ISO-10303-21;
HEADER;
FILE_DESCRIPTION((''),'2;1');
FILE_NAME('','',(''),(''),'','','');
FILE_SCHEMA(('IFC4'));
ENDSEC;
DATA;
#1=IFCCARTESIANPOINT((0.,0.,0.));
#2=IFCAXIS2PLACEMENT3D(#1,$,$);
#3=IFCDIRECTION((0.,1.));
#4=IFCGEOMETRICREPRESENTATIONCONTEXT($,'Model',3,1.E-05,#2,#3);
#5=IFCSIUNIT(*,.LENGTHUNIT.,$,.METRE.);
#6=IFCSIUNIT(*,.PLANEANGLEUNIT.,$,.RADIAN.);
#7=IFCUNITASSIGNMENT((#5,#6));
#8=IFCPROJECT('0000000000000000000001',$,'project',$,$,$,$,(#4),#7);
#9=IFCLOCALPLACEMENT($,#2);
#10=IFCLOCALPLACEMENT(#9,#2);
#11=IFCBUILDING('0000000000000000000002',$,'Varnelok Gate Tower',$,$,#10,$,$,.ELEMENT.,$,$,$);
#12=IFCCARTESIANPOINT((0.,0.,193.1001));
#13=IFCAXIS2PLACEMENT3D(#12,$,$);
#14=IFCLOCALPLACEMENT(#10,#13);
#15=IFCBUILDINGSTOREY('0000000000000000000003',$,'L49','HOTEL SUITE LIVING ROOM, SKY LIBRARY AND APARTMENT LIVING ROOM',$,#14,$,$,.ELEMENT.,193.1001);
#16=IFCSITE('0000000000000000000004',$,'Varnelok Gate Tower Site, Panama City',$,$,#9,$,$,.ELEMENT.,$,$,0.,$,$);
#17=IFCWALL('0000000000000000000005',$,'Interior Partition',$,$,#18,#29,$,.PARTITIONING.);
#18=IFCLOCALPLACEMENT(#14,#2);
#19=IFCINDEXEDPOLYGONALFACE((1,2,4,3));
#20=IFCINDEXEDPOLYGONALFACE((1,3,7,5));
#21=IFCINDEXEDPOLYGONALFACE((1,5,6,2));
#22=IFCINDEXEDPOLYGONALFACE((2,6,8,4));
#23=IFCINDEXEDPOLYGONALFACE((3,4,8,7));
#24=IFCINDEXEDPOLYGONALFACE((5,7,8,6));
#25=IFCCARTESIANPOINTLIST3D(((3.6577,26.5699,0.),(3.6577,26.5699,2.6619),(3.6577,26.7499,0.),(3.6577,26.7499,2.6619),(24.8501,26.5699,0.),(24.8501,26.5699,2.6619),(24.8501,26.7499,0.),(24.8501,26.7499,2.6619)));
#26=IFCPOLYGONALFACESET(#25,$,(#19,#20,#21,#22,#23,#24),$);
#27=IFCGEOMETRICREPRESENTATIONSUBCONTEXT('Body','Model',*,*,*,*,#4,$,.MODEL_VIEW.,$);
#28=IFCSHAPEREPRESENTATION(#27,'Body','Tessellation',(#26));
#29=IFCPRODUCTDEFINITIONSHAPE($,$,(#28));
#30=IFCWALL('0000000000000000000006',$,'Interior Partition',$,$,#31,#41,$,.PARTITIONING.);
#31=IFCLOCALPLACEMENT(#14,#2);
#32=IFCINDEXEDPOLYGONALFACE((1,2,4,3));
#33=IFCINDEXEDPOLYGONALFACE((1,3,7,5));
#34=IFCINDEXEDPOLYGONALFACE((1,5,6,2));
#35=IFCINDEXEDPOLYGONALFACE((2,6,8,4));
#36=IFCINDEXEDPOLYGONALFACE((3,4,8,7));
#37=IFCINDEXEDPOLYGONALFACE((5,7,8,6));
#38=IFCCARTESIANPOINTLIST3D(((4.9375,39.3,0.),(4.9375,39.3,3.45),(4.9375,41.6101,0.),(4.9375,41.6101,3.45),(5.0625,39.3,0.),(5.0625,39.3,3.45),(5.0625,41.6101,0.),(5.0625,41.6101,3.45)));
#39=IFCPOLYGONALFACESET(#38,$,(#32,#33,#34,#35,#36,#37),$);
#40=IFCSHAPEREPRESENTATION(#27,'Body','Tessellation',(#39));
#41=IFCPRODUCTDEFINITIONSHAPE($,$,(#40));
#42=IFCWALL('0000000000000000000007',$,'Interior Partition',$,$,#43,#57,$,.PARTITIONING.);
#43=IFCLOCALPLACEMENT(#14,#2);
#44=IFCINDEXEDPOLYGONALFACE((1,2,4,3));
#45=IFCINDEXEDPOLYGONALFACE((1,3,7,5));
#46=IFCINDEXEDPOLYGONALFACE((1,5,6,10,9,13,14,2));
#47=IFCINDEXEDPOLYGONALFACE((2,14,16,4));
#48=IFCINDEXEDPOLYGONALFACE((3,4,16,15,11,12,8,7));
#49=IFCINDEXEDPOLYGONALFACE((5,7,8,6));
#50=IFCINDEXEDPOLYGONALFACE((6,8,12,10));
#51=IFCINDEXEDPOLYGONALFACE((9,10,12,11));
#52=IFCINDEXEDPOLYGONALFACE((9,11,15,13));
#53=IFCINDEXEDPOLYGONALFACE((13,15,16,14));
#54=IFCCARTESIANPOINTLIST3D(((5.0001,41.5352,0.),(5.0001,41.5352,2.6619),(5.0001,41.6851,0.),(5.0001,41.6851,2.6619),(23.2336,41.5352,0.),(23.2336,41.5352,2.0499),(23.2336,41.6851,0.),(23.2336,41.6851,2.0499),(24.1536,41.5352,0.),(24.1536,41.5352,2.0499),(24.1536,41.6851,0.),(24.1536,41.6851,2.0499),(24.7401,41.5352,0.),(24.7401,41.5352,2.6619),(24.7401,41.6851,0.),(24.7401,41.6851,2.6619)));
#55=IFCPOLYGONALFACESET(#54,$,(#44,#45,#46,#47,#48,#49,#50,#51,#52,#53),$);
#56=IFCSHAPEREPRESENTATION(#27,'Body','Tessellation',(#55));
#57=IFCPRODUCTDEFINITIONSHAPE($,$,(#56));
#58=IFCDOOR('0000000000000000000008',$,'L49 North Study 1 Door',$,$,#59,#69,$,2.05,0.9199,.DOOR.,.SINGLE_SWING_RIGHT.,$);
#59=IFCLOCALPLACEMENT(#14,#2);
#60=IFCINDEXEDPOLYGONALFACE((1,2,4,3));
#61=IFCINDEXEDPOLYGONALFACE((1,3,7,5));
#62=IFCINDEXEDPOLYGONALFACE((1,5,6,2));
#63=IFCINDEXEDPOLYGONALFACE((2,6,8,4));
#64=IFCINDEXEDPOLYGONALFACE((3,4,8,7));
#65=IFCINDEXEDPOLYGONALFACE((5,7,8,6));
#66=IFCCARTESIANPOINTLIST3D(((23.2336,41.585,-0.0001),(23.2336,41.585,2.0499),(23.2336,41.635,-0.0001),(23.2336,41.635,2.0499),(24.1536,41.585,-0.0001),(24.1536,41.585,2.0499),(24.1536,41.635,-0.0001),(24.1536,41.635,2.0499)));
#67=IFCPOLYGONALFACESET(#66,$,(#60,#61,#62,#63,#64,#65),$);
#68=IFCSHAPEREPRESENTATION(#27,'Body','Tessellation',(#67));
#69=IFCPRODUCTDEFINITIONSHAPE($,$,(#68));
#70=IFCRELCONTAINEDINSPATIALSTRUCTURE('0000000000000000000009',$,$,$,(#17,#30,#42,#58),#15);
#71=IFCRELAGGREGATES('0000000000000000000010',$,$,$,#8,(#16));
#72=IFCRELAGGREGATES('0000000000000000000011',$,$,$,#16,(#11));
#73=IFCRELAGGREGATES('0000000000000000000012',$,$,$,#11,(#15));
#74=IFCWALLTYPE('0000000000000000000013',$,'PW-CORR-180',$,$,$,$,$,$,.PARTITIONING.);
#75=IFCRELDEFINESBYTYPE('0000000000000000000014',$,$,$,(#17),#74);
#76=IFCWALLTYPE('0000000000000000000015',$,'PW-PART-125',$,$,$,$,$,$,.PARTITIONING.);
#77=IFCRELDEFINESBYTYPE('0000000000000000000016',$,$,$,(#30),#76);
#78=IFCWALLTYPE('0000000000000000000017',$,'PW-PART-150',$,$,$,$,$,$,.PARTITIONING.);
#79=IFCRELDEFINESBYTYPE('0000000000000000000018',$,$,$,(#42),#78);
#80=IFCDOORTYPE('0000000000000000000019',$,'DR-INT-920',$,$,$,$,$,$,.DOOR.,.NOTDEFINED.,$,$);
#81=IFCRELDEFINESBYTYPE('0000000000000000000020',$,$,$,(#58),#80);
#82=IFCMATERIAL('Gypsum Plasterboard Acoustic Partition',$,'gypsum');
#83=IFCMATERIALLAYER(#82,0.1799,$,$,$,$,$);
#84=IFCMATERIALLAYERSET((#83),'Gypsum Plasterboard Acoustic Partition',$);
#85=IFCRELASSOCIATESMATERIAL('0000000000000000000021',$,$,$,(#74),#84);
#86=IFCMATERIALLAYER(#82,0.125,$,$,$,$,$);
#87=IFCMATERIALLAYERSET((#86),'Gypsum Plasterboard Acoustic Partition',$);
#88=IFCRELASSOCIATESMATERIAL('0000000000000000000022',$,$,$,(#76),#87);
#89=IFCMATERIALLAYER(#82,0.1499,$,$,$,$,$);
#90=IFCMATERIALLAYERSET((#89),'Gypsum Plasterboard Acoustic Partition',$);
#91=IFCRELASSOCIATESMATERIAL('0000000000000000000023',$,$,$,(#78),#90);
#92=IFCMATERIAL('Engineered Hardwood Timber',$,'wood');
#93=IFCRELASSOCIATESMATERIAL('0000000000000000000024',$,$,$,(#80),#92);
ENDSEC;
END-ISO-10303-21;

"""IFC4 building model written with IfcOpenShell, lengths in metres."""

from ifc_helpers import new_model, si_unit, direction, frame, frame_2d, origin, place, context, subcontext, project, spatial, rectangle, extrude, material, layer, layer_set, type_object, element, fill, save


model = new_model("IFC4")

# Units and contexts
model_context = context("Model", 3, precision=1e-05, world=origin(), true_north=direction((0.0, 1.0)))
body_context = subcontext(model_context, "Body", "Model", "MODEL_VIEW")
ifc_project = project(units=[si_unit("LENGTHUNIT", "METRE"), si_unit("PLANEANGLEUNIT", "RADIAN")], contexts=[model_context])

# Site, building, storey
site_placement = place(None, origin())
site = spatial("IfcSite", under=ifc_project, at=site_placement, Name="Varnelok Gate Tower Site, Panama City", CompositionType="ELEMENT", RefElevation=0.0)
building_placement = place(site_placement, origin())
building = spatial("IfcBuilding", under=site, at=building_placement, Name="Varnelok Gate Tower", CompositionType="ELEMENT")
storey_placement = place(building_placement, frame((0.0, 0.0, 193.1001)))
storey = spatial("IfcBuildingStorey", under=building, at=storey_placement, Name="L49", Description="HOTEL SUITE LIVING ROOM, SKY LIBRARY AND APARTMENT LIVING ROOM", CompositionType="ELEMENT", Elevation=193.1001)

# Walls
ifc_material_1 = material(Name="Gypsum Plasterboard Acoustic Partition", Category="gypsum")
ifc_layer_1 = layer(ifc_material_1, 0.1799)
ifc_layer_set_1 = layer_set([ifc_layer_1], Name="Gypsum Plasterboard Acoustic Partition")
wall_type_1 = type_object("IfcWallType", Name="PW-CORR-180", PredefinedType="PARTITIONING", material=ifc_layer_set_1)
wall_1_placement = place(storey_placement, frame((3.6577, 26.6599, 0.0), z_axis=(0.0, 0.0, 1.0), x_axis=(1.0, 0.0, 0.0)))
element("IfcWall", 1, at=wall_1_placement, inside=storey, type_object=wall_type_1, Name="Interior Partition", PredefinedType="PARTITIONING", context=body_context, shape_type="SweptSolid", body=[
    extrude(rectangle(XDim=21.1924, YDim=0.1799, at=frame_2d((10.5962, 0.0))), origin(), (0.0, 0.0, 1.0), 2.6619),
])
ifc_layer_2 = layer(ifc_material_1, 0.125)
ifc_layer_set_2 = layer_set([ifc_layer_2], Name="Gypsum Plasterboard Acoustic Partition")
wall_type_2 = type_object("IfcWallType", Name="PW-PART-125", PredefinedType="PARTITIONING", material=ifc_layer_set_2)
wall_2_placement = place(storey_placement, frame((5.0, 39.3, 0.0), z_axis=(0.0, 0.0, 1.0), x_axis=(0.0, 1.0, 0.0)))
element("IfcWall", 2, at=wall_2_placement, inside=storey, type_object=wall_type_2, Name="Interior Partition", PredefinedType="PARTITIONING", context=body_context, shape_type="SweptSolid", body=[
    extrude(rectangle(XDim=2.3101, YDim=0.125, at=frame_2d((1.155, 0.0))), origin(), (0.0, 0.0, 1.0), 3.45),
])

# Wall, opening, door
ifc_layer_3 = layer(ifc_material_1, 0.1499)
ifc_layer_set_3 = layer_set([ifc_layer_3], Name="Gypsum Plasterboard Acoustic Partition")
wall_type_3 = type_object("IfcWallType", Name="PW-PART-150", PredefinedType="PARTITIONING", material=ifc_layer_set_3)
wall_3_placement = place(storey_placement, frame((5.0, 41.6101, 0.0), z_axis=(0.0, 0.0, 1.0), x_axis=(1.0, 0.0, 0.0)))
wall_3 = element("IfcWall", 3, at=wall_3_placement, inside=storey, type_object=wall_type_3, Name="Interior Partition", PredefinedType="PARTITIONING", context=body_context, shape_type="SweptSolid", body=[
    extrude(rectangle(XDim=19.74, YDim=0.1499, at=frame_2d((9.8701, 0.0))), origin(), (0.0, 0.0, 1.0), 2.6619),
])
opening_placement = place(wall_3_placement, frame((18.2336, 0.0, 0.0)))
opening = element("IfcOpeningElement", 4, at=opening_placement, cuts=wall_3, PredefinedType="OPENING", context=body_context, shape_type="SweptSolid", body=[
    extrude(rectangle(XDim=0.9199, YDim=2.05, at=frame_2d((0.46, 1.0249))), frame((0.0, 0.085, 0.0), z_axis=(0.0, -1.0, 0.0), x_axis=(1.0, 0.0, 0.0)), (0.0, 0.0, 1.0), 0.1699),
])
ifc_material_2 = material(Name="Engineered Hardwood Timber", Category="wood")
door_type = type_object("IfcDoorType", Name="DR-INT-920", OperationType="NOTDEFINED", PredefinedType="DOOR", material=ifc_material_2)
door_placement = place(opening_placement, origin())
door = element("IfcDoor", 5, at=door_placement, inside=storey, type_object=door_type, Name="L49 North Study 1 Door", OperationType="SINGLE_SWING_RIGHT", OverallHeight=2.05, OverallWidth=0.9199, PredefinedType="DOOR", context=body_context, shape_type="SweptSolid", body=[
    extrude(rectangle(XDim=0.9199, YDim=2.05, at=frame_2d((0.46, 1.0249))), frame((0.0, 0.0249, 0.0), z_axis=(0.0, -1.0, 0.0), x_axis=(1.0, 0.0, 0.0)), (0.0, 0.0, 1.0), 0.05),
])
fill(opening, door)

save(model, "model.ifc")
